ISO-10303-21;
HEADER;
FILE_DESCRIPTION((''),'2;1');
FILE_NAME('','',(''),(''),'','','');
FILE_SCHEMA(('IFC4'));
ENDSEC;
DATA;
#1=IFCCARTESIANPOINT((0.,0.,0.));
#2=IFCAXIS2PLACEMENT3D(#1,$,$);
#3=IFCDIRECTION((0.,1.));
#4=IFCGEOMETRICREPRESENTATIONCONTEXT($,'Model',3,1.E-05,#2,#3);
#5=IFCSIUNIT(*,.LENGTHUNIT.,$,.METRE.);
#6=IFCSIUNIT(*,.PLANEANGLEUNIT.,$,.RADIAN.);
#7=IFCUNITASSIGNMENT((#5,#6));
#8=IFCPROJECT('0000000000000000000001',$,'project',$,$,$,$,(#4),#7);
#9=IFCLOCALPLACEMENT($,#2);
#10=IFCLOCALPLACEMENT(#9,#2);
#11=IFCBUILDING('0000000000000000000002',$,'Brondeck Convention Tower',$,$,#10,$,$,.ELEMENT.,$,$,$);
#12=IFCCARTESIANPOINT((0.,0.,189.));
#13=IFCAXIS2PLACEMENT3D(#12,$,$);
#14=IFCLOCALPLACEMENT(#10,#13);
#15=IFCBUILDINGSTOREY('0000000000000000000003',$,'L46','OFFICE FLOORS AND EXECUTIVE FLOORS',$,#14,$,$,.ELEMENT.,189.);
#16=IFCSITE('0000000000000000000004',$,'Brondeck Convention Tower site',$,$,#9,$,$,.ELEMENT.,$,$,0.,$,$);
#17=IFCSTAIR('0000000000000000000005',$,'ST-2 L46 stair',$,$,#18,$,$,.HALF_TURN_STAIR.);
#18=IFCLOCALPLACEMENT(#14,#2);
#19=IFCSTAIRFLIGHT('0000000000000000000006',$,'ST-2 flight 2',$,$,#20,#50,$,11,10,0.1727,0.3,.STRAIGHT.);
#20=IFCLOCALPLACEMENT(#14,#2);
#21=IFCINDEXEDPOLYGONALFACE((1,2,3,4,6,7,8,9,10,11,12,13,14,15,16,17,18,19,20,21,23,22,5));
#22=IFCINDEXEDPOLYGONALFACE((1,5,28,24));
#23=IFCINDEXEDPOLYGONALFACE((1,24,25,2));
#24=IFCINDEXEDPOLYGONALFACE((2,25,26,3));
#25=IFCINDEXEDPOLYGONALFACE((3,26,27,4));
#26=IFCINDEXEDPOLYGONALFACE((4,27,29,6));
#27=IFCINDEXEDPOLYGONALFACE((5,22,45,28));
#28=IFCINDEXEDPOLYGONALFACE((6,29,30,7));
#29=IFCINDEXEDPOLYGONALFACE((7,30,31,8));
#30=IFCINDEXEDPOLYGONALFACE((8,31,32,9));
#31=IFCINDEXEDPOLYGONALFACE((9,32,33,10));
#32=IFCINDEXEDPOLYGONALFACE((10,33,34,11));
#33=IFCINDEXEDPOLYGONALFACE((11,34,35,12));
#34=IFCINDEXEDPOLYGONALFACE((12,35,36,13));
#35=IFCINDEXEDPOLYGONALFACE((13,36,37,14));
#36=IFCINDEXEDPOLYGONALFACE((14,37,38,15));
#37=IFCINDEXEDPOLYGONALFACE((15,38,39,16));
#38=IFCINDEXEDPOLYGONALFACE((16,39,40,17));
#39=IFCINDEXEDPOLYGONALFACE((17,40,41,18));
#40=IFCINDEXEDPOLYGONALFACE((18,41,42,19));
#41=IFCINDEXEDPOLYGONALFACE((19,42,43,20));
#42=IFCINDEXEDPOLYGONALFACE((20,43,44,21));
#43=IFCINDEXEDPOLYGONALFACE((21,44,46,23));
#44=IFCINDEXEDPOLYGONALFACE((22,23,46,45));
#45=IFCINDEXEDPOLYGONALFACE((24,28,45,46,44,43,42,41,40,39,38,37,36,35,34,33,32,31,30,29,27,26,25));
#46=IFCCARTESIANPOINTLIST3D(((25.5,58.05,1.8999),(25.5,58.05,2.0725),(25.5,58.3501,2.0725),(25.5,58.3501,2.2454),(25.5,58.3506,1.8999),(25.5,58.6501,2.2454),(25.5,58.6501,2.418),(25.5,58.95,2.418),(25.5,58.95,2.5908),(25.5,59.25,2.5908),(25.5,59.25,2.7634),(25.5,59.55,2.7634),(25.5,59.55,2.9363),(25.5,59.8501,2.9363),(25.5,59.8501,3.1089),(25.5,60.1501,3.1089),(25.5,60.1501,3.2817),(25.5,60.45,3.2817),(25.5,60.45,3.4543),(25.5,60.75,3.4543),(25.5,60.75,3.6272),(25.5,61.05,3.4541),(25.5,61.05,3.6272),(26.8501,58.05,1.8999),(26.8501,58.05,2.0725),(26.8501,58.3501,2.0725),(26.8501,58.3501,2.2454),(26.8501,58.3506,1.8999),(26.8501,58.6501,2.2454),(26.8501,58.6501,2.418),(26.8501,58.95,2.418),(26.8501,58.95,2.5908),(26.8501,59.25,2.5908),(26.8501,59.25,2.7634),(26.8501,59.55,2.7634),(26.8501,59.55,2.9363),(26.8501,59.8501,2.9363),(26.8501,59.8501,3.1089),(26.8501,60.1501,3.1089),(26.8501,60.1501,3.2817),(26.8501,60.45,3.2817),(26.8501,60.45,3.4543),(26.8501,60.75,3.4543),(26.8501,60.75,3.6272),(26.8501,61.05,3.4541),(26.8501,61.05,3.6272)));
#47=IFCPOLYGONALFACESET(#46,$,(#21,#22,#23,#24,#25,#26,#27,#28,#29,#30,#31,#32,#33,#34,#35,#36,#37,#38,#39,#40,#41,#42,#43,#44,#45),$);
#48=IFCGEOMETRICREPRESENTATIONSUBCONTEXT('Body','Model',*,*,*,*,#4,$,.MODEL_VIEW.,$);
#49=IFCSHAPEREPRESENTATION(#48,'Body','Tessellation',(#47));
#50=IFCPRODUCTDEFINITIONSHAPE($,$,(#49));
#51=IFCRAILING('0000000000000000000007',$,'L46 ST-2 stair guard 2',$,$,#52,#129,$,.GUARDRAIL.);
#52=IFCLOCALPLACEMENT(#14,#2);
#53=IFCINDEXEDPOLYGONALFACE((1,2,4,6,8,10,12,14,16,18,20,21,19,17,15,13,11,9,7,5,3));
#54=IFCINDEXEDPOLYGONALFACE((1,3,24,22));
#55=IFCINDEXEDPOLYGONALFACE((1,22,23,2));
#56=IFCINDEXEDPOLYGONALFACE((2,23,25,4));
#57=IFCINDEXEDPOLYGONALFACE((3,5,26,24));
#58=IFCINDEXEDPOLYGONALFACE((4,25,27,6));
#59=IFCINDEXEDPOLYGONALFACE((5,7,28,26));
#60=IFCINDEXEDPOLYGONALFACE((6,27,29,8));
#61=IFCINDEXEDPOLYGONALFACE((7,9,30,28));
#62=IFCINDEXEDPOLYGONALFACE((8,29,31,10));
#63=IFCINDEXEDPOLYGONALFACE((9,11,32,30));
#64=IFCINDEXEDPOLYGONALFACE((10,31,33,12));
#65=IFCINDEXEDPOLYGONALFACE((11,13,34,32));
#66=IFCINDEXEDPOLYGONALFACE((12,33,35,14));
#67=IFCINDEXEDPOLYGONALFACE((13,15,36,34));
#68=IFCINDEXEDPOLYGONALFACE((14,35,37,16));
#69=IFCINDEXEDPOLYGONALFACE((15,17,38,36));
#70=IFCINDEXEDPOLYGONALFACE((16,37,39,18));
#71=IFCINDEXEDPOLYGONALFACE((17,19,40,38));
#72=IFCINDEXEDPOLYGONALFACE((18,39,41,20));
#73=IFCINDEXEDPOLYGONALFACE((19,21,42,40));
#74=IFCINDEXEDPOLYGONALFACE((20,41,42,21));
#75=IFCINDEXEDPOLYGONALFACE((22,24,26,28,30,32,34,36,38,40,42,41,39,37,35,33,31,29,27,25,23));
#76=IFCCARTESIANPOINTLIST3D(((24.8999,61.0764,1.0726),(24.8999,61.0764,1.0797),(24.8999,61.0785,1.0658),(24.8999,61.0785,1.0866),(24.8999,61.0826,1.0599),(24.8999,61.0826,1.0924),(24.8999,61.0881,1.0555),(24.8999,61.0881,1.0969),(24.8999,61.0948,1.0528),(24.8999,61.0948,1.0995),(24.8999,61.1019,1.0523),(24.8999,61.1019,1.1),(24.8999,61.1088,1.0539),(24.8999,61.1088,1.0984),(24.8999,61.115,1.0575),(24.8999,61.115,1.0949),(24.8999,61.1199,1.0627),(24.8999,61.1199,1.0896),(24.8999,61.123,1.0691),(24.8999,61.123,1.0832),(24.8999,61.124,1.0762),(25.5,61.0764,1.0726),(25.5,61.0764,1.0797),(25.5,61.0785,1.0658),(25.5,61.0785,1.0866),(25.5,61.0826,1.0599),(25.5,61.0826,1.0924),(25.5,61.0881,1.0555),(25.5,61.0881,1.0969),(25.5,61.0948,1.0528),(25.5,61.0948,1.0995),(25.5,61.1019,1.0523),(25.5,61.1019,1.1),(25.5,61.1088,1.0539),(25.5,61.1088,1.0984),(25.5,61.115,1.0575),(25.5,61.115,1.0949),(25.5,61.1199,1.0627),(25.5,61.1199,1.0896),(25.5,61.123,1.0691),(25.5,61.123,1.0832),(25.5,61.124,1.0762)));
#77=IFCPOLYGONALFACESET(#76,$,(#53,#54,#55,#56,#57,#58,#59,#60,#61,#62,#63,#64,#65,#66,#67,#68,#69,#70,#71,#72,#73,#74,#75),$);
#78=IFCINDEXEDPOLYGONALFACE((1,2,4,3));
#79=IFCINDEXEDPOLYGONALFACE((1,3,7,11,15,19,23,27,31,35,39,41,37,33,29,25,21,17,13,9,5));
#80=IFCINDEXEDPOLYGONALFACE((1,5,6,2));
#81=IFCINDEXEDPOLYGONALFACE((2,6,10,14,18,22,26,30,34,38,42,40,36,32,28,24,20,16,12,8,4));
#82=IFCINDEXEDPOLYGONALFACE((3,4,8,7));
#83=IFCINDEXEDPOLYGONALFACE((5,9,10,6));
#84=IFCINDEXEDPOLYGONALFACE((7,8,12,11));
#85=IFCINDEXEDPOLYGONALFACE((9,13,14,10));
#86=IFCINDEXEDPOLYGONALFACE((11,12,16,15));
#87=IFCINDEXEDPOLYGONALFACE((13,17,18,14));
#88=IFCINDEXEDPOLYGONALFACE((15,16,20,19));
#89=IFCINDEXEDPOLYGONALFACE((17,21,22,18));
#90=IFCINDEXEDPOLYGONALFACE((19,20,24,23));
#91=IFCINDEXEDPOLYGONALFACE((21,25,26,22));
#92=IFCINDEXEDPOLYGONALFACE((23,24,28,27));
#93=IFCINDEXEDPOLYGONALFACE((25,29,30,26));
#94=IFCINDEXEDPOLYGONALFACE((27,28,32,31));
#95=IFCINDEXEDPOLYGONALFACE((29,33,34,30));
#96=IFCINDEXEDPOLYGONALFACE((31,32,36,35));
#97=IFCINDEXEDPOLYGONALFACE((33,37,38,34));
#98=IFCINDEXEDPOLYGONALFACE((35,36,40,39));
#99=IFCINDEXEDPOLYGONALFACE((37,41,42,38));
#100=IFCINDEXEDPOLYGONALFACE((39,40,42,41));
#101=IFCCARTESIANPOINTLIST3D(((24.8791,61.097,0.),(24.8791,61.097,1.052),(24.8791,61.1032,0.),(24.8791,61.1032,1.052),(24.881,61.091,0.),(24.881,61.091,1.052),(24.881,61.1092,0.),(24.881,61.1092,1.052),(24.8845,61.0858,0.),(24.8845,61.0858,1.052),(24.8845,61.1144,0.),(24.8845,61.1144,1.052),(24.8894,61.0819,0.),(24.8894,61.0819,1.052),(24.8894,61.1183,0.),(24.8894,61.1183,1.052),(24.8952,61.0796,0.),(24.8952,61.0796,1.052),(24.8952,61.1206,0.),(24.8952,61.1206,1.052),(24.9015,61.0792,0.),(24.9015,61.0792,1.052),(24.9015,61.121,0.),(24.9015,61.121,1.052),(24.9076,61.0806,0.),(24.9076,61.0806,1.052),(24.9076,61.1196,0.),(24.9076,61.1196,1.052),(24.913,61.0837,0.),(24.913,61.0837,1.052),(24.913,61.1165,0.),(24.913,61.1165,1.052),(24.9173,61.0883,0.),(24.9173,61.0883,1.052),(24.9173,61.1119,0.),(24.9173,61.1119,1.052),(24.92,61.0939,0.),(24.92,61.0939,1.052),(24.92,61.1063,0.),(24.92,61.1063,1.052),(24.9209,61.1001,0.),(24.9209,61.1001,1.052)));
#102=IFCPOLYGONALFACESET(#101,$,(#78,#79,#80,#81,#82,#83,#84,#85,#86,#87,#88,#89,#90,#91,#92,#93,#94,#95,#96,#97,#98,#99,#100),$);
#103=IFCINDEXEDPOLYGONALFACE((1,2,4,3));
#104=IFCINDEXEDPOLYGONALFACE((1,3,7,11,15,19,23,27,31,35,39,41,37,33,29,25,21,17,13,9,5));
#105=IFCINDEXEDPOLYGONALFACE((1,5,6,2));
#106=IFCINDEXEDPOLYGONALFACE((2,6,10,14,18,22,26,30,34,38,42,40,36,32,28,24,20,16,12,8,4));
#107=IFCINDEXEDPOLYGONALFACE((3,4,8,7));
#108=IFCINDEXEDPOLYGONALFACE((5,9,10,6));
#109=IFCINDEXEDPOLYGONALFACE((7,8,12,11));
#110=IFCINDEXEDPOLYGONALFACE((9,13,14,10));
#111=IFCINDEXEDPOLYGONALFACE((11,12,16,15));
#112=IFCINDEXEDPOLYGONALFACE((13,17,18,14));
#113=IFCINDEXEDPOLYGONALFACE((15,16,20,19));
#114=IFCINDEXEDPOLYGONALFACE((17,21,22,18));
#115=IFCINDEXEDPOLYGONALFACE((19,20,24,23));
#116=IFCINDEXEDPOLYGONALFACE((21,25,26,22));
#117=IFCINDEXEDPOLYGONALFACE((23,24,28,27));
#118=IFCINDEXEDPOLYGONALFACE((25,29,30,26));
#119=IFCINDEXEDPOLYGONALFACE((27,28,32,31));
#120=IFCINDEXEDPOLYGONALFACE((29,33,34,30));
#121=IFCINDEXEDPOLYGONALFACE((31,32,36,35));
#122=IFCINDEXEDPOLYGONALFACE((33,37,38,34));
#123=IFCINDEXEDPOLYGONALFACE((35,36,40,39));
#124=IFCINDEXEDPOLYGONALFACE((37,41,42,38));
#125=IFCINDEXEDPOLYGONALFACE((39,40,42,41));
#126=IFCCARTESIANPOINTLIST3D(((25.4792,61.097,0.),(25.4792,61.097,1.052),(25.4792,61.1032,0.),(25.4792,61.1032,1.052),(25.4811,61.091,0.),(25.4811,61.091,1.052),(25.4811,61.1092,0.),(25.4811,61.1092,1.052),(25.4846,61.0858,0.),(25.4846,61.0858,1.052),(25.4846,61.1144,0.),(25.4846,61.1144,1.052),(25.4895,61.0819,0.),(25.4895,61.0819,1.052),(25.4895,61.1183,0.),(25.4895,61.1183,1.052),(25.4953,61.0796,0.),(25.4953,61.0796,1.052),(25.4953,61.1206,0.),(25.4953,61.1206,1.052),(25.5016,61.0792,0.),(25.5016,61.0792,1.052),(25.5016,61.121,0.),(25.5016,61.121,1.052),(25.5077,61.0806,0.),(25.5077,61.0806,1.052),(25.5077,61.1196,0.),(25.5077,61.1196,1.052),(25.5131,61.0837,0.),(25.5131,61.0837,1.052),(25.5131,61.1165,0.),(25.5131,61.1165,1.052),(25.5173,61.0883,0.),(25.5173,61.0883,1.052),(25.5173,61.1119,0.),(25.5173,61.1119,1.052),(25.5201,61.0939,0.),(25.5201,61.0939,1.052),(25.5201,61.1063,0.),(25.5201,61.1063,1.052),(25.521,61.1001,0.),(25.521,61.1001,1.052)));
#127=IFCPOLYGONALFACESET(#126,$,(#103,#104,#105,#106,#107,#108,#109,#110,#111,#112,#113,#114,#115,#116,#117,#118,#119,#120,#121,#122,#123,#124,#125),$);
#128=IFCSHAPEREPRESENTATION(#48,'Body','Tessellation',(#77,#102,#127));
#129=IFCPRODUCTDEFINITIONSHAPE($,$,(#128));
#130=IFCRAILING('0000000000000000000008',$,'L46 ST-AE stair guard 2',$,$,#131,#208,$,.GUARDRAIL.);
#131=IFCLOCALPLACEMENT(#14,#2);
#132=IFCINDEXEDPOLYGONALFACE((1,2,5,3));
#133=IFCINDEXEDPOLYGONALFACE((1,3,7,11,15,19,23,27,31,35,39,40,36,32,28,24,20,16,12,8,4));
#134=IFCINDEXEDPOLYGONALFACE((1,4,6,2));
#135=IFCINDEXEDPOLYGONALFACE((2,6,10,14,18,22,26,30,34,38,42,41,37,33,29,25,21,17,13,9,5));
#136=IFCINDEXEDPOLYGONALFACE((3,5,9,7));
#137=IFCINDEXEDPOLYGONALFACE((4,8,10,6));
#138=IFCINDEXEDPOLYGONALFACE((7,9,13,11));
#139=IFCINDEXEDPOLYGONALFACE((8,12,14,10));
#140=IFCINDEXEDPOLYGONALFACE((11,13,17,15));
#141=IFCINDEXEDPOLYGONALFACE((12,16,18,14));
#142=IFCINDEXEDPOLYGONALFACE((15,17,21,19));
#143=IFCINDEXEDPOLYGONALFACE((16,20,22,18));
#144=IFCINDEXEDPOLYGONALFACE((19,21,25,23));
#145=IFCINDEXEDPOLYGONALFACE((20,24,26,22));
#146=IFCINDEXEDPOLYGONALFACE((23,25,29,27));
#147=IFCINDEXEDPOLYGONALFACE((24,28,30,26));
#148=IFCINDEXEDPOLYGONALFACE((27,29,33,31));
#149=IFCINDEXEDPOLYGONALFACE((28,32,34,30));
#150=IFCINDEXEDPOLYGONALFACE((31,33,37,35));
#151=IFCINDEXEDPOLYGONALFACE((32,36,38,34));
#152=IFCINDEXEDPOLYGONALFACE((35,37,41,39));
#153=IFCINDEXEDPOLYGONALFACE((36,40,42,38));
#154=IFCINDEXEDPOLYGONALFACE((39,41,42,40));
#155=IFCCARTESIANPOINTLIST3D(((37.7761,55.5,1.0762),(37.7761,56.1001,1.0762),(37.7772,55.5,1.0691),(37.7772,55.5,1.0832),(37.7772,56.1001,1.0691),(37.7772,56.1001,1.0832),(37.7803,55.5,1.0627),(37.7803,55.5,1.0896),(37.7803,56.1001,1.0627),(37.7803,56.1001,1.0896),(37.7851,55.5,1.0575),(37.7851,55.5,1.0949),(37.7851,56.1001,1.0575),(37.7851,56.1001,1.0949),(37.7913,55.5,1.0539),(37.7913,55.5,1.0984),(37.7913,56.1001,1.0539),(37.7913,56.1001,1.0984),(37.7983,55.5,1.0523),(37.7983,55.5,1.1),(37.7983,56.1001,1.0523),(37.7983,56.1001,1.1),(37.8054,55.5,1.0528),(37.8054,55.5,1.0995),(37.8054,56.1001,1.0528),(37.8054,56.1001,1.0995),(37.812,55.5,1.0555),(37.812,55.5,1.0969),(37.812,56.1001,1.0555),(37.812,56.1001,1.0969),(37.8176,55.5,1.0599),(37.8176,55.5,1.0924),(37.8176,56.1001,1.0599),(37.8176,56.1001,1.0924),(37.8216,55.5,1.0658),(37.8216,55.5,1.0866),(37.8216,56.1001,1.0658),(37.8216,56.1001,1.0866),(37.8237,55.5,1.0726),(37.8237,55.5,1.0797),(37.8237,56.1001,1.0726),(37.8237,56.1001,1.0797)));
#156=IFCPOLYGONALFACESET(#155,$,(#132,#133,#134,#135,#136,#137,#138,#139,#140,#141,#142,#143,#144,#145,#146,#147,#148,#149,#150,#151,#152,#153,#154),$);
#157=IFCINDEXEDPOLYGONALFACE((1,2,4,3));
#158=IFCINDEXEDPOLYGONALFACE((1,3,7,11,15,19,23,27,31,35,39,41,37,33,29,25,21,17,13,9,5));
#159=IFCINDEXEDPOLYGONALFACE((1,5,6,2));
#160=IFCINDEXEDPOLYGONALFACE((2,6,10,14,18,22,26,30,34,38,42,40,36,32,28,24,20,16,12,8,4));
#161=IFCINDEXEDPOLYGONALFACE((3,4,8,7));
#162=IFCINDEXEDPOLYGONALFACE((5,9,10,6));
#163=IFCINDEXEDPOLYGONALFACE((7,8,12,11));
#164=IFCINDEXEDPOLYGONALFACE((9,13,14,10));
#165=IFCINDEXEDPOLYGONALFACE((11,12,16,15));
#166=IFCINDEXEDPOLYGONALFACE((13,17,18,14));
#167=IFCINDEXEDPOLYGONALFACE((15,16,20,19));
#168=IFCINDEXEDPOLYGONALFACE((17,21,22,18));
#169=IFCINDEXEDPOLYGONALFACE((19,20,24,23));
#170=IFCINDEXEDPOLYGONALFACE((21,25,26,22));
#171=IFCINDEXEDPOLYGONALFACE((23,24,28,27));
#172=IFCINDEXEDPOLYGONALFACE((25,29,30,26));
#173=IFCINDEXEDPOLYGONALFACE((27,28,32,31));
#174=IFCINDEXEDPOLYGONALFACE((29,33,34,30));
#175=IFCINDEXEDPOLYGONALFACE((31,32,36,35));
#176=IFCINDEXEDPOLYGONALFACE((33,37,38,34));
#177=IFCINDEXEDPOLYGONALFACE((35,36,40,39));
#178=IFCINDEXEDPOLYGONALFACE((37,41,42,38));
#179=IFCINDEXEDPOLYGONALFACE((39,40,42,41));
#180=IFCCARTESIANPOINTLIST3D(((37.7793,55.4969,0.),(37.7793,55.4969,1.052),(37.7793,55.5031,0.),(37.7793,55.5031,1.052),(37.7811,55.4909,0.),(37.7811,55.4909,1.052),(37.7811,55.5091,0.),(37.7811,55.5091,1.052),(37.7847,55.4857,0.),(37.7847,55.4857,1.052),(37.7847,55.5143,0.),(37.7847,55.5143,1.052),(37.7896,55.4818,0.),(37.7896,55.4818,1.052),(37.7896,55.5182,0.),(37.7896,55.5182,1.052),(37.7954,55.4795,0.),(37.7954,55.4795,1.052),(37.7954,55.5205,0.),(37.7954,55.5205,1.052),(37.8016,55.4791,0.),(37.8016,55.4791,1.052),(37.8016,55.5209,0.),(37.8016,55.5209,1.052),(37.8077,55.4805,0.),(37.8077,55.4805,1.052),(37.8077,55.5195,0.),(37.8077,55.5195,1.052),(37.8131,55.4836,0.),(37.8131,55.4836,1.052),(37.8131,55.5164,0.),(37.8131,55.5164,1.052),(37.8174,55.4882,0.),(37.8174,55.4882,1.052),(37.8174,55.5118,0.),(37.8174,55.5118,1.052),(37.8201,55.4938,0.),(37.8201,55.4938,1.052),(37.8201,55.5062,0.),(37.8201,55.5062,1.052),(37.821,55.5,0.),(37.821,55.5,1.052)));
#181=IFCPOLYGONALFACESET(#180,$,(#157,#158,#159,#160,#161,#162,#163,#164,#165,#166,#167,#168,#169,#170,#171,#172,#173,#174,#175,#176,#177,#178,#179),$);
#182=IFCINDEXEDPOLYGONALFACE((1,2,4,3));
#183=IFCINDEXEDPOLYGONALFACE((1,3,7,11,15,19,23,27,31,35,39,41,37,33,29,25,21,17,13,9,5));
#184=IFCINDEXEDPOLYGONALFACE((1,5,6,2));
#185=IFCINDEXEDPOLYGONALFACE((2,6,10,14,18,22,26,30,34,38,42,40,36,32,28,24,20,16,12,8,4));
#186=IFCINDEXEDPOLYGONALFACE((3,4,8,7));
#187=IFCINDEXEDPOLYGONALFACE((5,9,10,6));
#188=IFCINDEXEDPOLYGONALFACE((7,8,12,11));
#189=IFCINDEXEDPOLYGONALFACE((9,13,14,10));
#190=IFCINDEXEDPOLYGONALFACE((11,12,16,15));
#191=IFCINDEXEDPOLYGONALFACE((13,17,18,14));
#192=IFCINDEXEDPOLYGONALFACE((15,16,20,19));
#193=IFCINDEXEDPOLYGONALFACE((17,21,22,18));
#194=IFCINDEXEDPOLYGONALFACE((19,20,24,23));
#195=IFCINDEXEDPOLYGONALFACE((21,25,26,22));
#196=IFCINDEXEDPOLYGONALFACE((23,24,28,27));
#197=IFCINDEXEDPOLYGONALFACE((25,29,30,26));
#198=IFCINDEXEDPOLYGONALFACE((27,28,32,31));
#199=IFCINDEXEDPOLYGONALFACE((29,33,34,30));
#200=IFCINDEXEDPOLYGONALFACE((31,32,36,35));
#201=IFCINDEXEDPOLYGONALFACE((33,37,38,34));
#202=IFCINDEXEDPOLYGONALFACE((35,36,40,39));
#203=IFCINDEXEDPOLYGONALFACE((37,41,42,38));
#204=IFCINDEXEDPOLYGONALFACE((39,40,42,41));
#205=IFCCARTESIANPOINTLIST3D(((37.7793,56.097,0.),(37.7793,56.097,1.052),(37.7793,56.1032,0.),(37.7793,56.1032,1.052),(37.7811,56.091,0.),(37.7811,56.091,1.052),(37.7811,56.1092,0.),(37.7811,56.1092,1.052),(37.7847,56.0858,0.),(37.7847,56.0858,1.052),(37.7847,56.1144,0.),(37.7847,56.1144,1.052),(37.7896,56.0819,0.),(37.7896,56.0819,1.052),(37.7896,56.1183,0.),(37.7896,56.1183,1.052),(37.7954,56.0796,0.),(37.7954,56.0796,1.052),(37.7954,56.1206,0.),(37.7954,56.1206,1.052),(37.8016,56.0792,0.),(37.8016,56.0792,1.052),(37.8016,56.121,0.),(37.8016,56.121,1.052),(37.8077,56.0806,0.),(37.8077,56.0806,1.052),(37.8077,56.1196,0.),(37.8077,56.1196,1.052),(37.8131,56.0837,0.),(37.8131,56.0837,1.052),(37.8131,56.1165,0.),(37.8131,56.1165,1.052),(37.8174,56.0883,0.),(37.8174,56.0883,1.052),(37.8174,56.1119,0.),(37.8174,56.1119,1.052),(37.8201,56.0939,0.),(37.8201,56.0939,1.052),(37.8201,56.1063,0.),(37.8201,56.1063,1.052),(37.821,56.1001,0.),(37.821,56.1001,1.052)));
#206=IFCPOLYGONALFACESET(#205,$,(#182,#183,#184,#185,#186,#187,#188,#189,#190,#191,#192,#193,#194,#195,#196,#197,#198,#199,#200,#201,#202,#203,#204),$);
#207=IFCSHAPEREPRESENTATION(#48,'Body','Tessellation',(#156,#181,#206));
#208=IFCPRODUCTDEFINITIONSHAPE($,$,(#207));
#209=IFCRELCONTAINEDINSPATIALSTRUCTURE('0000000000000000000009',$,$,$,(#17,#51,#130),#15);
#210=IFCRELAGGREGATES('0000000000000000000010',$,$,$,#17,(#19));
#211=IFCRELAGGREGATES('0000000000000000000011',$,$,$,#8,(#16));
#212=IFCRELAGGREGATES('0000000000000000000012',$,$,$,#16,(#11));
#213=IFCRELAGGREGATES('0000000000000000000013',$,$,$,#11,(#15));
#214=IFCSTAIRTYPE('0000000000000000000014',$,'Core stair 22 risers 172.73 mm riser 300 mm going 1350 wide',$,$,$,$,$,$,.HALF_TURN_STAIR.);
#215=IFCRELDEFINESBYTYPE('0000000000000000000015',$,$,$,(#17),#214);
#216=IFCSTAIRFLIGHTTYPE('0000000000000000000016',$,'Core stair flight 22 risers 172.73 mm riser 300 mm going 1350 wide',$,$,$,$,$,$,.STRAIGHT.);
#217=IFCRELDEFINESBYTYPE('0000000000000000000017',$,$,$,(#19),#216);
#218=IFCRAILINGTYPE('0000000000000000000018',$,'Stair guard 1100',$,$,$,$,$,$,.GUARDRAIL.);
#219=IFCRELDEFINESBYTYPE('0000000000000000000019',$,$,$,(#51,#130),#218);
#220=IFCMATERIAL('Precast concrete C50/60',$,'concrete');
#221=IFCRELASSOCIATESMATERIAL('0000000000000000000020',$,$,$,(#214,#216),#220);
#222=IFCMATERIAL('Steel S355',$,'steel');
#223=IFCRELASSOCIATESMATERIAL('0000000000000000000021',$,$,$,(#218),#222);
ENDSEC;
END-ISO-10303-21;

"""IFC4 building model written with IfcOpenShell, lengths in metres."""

from ifc_helpers import new_model, si_unit, direction, frame, origin, origin_2d, place, context, subcontext, project, spatial, polyline, circle, outline, extrude, material, type_object, element, aggregate, save


model = new_model("IFC4")

# Units and contexts
model_context = context("Model", 3, precision=1e-05, world=origin(), true_north=direction((0.0, 1.0)))
body_context = subcontext(model_context, "Body", "Model", "MODEL_VIEW")
ifc_project = project(units=[si_unit("LENGTHUNIT", "METRE"), si_unit("PLANEANGLEUNIT", "RADIAN")], contexts=[model_context])

# Site, building, storey
site_placement = place(None, origin())
site = spatial("IfcSite", under=ifc_project, at=site_placement, Name="Brondeck Convention Tower site", CompositionType="ELEMENT", RefElevation=0.0)
building_placement = place(site_placement, origin())
building = spatial("IfcBuilding", under=site, at=building_placement, Name="Brondeck Convention Tower", CompositionType="ELEMENT")
storey_placement = place(building_placement, frame((0.0, 0.0, 189.0)))
storey = spatial("IfcBuildingStorey", under=building, at=storey_placement, Name="L46", Description="OFFICE FLOORS AND EXECUTIVE FLOORS", CompositionType="ELEMENT", Elevation=189.0)

# Shared definitions
ifc_material_1 = material(Name="Steel S355", Category="steel")

# Stair, stair flight
ifc_material_2 = material(Name="Precast concrete C50/60", Category="concrete")
stair_type = type_object("IfcStairType", Name="Core stair 22 risers 172.73 mm riser 300 mm going 1350 wide", PredefinedType="HALF_TURN_STAIR", material=ifc_material_2)
stair_placement = place(storey_placement, origin())
stair = element("IfcStair", 1, at=stair_placement, inside=storey, type_object=stair_type, Name="ST-2 L46 stair", PredefinedType="HALF_TURN_STAIR")
stair_flight_type = type_object("IfcStairFlightType", Name="Core stair flight 22 risers 172.73 mm riser 300 mm going 1350 wide", PredefinedType="STRAIGHT", material=ifc_material_2)
stair_flight_1_placement = place(storey_placement, frame((26.175, 58.05, 1.8999), z_axis=(0.0, 0.0, 1.0), x_axis=(0.0, 1.0, 0.0)))
stair_flight_1 = element("IfcStairFlight", 2, at=stair_flight_1_placement, type_object=stair_flight_type, Name="ST-2 flight 2", NumberOfRisers=11, NumberOfTreads=10, PredefinedType="STRAIGHT", RiserHeight=0.1727, TreadLength=0.3, context=body_context, shape_type="SweptSolid", body=[
    extrude(outline(polyline([(0.0, 0.0), (0.0, 0.1726), (0.3, 0.1726), (0.3, 0.3455), (0.6001, 0.3455), (0.6001, 0.5181), (0.8999, 0.5181), (0.8999, 0.6909), (1.2, 0.6909), (1.2, 0.8635), (1.5, 0.8635), (1.5, 1.0364), (1.8, 1.0364), (1.8, 1.209), (2.1001, 1.209), (2.1001, 1.3818), (2.3999, 1.3818), (2.3999, 1.5544), (2.7, 1.5544), (2.7, 1.7273), (3.0, 1.7273), (3.0, 1.8999), (3.0, 1.5542), (0.3005, 0.0), (0.0, 0.0)])), frame((0.0, 0.675, 0.0), z_axis=(0.0, -1.0, 0.0), x_axis=(1.0, 0.0, 0.0)), (0.0, 0.0, 1.0), 1.3501),
])
aggregate(stair, [stair_flight_1])

# Railings
railing_type_1 = type_object("IfcRailingType", Name="Stair guard 1100", PredefinedType="GUARDRAIL", material=ifc_material_1)
railing_1_placement = place(storey_placement, frame((24.8999, 61.1001, 0.0)))
element("IfcRailing", 3, at=railing_1_placement, inside=storey, type_object=railing_type_1, Name="L46 ST-2 stair guard 2", PredefinedType="GUARDRAIL", context=body_context, shape_type="SweptSolid", body=[
    extrude(circle(Radius=0.0239, at=origin_2d()), frame((0.0, 0.0, 1.0762), z_axis=(1.0, 0.0, 0.0), x_axis=(0.0, 1.0, 0.0)), (0.0, 0.0, 1.0), 0.6001),
    extrude(circle(Radius=0.021, at=origin_2d()), origin(), (0.0, 0.0, 1.0), 1.052),
    extrude(circle(Radius=0.021, at=origin_2d()), frame((0.6001, 0.0, 0.0)), (0.0, 0.0, 1.0), 1.052),
])
railing_2_placement = place(storey_placement, frame((37.8, 55.5, 0.0)))
element("IfcRailing", 4, at=railing_2_placement, inside=storey, type_object=railing_type_1, Name="L46 ST-AE stair guard 2", PredefinedType="GUARDRAIL", context=body_context, shape_type="SweptSolid", body=[
    extrude(circle(Radius=0.0239, at=origin_2d()), frame((0.0, 0.0, 1.0762), z_axis=(0.0, 1.0, 0.0), x_axis=(-1.0, 0.0, 0.0)), (0.0, 0.0, 1.0), 0.6001),
    extrude(circle(Radius=0.021, at=origin_2d()), origin(), (0.0, 0.0, 1.0), 1.052),
    extrude(circle(Radius=0.021, at=origin_2d()), frame((0.0, 0.6001, 0.0)), (0.0, 0.0, 1.0), 1.052),
])

save(model, "model.ifc")
